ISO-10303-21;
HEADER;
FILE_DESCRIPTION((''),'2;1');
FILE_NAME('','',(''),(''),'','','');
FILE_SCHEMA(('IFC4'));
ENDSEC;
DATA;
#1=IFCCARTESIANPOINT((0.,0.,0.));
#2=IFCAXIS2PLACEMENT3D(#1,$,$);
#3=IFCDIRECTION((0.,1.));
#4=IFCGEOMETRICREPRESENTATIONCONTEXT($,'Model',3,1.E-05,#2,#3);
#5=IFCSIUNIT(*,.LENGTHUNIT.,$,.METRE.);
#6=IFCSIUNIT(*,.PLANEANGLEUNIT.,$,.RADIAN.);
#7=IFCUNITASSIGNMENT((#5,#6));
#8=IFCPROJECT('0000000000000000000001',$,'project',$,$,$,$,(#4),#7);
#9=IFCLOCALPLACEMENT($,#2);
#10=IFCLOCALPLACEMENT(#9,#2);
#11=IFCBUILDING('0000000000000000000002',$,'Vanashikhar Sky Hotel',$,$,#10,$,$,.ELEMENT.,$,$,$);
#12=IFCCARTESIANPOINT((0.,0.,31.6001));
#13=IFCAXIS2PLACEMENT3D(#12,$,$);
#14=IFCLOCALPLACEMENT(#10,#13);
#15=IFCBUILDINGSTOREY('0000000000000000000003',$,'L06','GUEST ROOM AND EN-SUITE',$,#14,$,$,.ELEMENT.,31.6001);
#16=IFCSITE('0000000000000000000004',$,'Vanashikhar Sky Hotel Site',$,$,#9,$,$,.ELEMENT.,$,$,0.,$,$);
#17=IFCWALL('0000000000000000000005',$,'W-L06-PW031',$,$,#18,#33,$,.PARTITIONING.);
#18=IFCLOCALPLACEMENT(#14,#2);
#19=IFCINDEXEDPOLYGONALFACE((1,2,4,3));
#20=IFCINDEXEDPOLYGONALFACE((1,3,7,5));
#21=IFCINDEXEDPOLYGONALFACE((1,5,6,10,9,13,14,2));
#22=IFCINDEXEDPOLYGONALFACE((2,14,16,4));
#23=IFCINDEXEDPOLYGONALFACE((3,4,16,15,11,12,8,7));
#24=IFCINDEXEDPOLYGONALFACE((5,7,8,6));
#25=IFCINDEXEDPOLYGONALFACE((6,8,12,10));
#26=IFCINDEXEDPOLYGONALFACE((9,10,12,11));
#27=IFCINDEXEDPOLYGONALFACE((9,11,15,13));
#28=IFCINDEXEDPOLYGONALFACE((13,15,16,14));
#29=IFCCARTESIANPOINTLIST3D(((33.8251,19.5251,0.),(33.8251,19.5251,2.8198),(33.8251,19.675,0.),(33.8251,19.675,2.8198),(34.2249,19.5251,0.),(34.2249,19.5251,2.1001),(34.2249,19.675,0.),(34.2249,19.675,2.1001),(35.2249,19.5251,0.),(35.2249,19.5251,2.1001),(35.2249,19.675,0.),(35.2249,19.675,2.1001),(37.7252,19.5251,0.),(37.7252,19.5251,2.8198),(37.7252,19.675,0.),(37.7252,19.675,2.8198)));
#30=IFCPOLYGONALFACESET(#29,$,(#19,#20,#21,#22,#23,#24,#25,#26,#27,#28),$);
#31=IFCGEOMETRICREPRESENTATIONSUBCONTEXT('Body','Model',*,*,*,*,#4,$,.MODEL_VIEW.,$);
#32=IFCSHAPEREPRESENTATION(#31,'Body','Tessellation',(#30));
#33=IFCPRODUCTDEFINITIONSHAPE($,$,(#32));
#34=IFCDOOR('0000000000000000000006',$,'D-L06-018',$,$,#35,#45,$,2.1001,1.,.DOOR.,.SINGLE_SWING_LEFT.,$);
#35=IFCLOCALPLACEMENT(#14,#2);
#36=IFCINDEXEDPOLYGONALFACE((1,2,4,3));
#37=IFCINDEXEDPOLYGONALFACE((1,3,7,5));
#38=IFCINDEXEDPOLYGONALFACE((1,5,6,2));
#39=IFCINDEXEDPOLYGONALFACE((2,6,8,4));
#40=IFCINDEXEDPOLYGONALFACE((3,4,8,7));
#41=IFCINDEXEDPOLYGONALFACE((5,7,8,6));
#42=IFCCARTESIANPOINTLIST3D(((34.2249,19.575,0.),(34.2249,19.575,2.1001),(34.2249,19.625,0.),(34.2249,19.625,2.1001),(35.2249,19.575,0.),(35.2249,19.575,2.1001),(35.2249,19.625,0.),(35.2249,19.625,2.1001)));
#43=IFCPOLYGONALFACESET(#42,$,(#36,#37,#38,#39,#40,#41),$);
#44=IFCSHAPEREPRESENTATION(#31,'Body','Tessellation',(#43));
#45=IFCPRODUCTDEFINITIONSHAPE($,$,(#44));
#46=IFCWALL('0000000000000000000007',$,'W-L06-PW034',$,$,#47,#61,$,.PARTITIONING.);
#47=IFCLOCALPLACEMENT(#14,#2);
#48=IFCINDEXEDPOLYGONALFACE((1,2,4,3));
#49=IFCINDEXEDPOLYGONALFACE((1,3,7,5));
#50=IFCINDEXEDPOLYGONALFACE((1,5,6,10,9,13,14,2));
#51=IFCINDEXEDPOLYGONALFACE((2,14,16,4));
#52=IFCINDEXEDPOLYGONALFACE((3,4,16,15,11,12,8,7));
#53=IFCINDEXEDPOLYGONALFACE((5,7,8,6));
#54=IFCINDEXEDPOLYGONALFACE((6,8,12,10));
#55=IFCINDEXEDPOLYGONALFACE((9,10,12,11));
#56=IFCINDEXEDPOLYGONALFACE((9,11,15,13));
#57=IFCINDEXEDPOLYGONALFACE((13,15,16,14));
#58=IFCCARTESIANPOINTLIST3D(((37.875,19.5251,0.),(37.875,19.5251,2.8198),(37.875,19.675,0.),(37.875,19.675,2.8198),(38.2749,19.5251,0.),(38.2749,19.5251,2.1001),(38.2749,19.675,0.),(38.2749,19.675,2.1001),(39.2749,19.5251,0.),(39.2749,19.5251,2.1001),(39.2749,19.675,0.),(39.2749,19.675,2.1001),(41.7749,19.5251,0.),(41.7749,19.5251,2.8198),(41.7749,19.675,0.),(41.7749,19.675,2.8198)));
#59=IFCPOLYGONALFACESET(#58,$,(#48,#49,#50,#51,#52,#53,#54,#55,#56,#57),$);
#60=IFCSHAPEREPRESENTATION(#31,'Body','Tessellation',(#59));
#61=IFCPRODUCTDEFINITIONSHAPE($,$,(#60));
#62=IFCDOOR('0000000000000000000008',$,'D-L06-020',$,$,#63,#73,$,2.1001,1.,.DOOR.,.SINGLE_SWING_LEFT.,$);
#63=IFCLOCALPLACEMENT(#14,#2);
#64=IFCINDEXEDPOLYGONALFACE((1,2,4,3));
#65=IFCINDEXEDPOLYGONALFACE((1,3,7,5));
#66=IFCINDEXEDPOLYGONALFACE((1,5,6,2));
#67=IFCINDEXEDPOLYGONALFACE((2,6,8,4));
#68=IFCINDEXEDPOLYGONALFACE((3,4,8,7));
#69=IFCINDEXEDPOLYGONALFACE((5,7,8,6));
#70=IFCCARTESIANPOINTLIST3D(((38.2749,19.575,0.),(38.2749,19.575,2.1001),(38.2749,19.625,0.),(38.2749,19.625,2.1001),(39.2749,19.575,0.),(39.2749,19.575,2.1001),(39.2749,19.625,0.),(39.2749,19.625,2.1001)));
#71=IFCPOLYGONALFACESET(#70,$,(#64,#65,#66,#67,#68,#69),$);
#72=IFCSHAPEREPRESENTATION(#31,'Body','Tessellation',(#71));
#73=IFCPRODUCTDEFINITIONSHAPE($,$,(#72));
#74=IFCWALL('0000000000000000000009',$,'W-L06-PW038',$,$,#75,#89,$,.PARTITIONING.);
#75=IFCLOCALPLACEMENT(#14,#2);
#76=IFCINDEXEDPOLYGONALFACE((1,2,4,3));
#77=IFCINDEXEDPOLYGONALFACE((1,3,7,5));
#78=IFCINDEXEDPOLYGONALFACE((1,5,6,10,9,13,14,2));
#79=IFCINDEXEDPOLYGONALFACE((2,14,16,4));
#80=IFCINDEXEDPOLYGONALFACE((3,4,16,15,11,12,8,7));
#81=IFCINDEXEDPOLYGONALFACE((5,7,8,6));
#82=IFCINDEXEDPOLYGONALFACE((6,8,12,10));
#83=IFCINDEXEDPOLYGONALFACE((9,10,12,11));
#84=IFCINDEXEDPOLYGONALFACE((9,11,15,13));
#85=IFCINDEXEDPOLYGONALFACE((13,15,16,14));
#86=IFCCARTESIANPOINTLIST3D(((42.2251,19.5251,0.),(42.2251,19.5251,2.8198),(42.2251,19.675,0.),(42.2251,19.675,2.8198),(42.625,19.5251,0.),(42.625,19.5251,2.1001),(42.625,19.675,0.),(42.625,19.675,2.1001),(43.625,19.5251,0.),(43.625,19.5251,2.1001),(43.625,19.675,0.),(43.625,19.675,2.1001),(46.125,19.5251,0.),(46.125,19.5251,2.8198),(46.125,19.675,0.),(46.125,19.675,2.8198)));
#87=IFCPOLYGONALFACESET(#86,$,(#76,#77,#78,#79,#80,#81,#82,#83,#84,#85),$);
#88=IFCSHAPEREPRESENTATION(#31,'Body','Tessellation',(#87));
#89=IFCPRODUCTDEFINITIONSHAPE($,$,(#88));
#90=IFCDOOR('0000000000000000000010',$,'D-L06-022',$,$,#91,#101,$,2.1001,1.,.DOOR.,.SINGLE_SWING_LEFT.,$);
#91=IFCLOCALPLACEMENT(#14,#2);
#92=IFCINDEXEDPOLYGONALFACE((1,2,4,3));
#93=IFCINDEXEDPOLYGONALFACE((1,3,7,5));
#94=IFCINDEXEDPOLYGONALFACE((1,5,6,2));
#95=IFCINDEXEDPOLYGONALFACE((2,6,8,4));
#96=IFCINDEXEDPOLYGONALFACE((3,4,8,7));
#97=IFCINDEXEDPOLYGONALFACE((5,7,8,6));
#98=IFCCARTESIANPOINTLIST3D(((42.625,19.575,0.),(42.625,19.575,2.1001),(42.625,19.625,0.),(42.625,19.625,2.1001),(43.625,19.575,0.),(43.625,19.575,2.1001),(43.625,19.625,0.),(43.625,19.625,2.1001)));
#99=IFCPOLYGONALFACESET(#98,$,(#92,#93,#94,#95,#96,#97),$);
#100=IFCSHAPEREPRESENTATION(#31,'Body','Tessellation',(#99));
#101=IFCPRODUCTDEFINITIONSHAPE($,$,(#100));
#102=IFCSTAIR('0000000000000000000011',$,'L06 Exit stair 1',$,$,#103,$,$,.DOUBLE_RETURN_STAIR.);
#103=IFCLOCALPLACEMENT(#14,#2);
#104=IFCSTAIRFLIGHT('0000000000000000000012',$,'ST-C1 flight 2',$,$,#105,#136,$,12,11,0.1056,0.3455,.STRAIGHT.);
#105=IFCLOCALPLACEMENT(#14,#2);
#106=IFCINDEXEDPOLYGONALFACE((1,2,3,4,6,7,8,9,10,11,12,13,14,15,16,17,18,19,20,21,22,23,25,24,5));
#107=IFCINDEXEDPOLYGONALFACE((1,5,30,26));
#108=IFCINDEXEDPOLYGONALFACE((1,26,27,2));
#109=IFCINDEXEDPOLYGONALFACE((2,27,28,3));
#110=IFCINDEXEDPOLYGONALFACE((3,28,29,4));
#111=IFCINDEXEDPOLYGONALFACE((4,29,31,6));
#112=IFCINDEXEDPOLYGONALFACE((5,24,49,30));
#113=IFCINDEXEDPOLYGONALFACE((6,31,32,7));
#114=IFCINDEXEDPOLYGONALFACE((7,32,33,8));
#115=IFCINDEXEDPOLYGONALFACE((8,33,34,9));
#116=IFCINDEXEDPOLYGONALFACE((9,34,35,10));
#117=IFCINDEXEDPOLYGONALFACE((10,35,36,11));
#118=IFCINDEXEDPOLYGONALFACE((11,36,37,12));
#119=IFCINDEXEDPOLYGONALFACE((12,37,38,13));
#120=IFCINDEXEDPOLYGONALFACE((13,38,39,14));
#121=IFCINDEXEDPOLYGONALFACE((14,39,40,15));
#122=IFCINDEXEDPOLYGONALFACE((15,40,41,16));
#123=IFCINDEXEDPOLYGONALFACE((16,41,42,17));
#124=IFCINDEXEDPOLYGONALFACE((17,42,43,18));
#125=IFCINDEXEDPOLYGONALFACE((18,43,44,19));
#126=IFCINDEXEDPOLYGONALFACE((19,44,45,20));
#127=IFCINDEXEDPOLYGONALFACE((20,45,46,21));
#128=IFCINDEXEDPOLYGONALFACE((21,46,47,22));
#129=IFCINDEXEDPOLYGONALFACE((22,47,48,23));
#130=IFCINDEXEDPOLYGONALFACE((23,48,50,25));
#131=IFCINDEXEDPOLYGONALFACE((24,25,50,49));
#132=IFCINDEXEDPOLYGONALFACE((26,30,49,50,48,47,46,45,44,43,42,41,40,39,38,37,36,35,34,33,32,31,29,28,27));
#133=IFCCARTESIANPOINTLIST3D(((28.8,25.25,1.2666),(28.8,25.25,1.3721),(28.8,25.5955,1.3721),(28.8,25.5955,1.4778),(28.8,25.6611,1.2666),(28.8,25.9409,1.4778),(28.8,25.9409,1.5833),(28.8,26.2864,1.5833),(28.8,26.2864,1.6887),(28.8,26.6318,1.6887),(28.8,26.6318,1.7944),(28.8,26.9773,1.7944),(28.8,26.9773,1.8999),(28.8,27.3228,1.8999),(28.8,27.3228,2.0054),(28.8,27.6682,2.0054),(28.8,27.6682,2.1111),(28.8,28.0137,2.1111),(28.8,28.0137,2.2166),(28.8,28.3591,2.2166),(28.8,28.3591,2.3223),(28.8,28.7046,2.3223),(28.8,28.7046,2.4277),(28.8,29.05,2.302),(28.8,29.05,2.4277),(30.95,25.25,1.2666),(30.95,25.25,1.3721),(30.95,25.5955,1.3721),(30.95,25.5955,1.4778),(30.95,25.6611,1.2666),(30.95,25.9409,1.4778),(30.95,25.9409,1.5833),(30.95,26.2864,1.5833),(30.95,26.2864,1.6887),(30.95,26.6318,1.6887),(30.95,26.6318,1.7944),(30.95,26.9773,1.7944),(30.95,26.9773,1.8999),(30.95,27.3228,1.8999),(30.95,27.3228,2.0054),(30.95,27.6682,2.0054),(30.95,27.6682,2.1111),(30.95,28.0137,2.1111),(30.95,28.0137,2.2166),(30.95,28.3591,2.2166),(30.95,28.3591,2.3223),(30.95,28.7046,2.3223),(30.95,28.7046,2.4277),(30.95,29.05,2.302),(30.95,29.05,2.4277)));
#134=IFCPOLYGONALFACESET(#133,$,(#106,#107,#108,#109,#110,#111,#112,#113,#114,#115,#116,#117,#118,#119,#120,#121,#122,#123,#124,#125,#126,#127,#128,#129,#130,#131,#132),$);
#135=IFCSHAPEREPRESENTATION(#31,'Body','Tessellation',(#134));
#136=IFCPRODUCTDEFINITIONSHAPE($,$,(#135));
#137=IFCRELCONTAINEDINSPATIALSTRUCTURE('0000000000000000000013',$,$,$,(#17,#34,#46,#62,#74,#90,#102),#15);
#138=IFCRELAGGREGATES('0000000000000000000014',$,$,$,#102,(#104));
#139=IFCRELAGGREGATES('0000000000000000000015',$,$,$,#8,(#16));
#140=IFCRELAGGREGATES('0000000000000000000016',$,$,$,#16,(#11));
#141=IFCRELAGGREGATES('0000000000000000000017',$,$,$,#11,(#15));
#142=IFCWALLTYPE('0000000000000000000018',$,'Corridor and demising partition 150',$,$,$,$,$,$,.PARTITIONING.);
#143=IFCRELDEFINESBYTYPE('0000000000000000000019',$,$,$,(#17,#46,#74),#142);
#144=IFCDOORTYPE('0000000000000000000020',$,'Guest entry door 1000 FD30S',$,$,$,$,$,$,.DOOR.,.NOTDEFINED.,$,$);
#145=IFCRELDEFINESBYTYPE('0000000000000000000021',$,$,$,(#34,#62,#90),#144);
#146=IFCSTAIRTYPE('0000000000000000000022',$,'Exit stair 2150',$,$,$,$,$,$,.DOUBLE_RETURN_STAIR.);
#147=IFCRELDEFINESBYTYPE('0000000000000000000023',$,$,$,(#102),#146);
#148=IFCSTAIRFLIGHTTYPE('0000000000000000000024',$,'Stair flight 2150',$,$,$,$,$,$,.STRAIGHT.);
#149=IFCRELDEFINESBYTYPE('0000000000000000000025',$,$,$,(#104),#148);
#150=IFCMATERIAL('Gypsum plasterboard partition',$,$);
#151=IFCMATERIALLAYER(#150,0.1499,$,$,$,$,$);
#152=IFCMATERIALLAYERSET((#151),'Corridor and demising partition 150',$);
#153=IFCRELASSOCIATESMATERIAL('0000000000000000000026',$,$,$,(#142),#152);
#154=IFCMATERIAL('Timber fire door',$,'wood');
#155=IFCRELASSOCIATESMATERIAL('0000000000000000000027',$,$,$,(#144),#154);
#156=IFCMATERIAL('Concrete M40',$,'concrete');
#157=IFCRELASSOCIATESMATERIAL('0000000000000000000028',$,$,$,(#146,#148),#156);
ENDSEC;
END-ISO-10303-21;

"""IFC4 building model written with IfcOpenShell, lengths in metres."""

from ifc_helpers import new_model, si_unit, direction, frame, frame_2d, origin, place, context, subcontext, project, spatial, polyline, rectangle, outline, extrude, source, transform, mapped, material, layer, layer_set, type_object, element, fill, aggregate, save


model = new_model("IFC4")

# Units and contexts
model_context = context("Model", 3, precision=1e-05, world=origin(), true_north=direction((0.0, 1.0)))
body_context = subcontext(model_context, "Body", "Model", "MODEL_VIEW")
ifc_project = project(units=[si_unit("LENGTHUNIT", "METRE"), si_unit("PLANEANGLEUNIT", "RADIAN")], contexts=[model_context])

# Site, building, storey
site_placement = place(None, origin())
site = spatial("IfcSite", under=ifc_project, at=site_placement, Name="Vanashikhar Sky Hotel Site", CompositionType="ELEMENT", RefElevation=0.0)
building_placement = place(site_placement, origin())
building = spatial("IfcBuilding", under=site, at=building_placement, Name="Vanashikhar Sky Hotel", CompositionType="ELEMENT")
storey_placement = place(building_placement, frame((0.0, 0.0, 31.6001)))
storey = spatial("IfcBuildingStorey", under=building, at=storey_placement, Name="L06", Description="GUEST ROOM AND EN-SUITE", CompositionType="ELEMENT", Elevation=31.6001)

# Shared definitions
ifc_material_1 = material(Name="Concrete M40", Category="concrete")

# Walls, openings, doors
ifc_material_2 = material(Name="Gypsum plasterboard partition")
ifc_layer_1 = layer(ifc_material_2, 0.1499)
ifc_layer_set_1 = layer_set([ifc_layer_1], Name="Corridor and demising partition 150")
wall_type_1 = type_object("IfcWallType", Name="Corridor and demising partition 150", PredefinedType="PARTITIONING", material=ifc_layer_set_1)
shared_shape_1 = source(origin(), body_context, "Body", "SweptSolid", [
    extrude(rectangle(XDim=3.9001, YDim=0.1499, at=frame_2d((1.9502, 0.0))), origin(), (0.0, 0.0, 1.0), 2.8198),
])
wall_1_placement = place(storey_placement, frame((33.825, 19.6001, 0.0), z_axis=(0.0, 0.0, 1.0), x_axis=(1.0, 0.0, 0.0)))
wall_1 = element("IfcWall", 1, at=wall_1_placement, inside=storey, type_object=wall_type_1, Name="W-L06-PW031", PredefinedType="PARTITIONING", context=body_context, shape_type="MappedRepresentation", body=[
    mapped(shared_shape_1, transform((0.0, 0.0, 0.0), scale=1.0)),
])
shared_shape_2 = source(origin(), body_context, "Body", "SweptSolid", [
    extrude(rectangle(XDim=1.0, YDim=2.1001, at=frame_2d((0.5, 1.05))), frame((0.0, 0.085, 0.0), z_axis=(0.0, -1.0, 0.0), x_axis=(1.0, 0.0, 0.0)), (0.0, 0.0, 1.0), 0.1699),
])
opening_1_placement = place(wall_1_placement, frame((0.3999, 0.0, 0.0)))
opening_1 = element("IfcOpeningElement", 2, at=opening_1_placement, cuts=wall_1, PredefinedType="OPENING", context=body_context, shape_type="MappedRepresentation", body=[
    mapped(shared_shape_2, transform((0.0, 0.0, 0.0), scale=1.0)),
])
ifc_material_3 = material(Name="Timber fire door", Category="wood")
door_type_1 = type_object("IfcDoorType", Name="Guest entry door 1000 FD30S", OperationType="NOTDEFINED", PredefinedType="DOOR", material=ifc_material_3)
shared_shape_3 = source(origin(), body_context, "Body", "SweptSolid", [
    extrude(rectangle(XDim=1.0, YDim=2.1001, at=frame_2d((0.5, 1.05))), frame((0.0, 0.0249, 0.0), z_axis=(0.0, -1.0, 0.0), x_axis=(1.0, 0.0, 0.0)), (0.0, 0.0, 1.0), 0.05),
])
door_1_placement = place(opening_1_placement, origin())
door_1 = element("IfcDoor", 3, at=door_1_placement, inside=storey, type_object=door_type_1, Name="D-L06-018", OperationType="SINGLE_SWING_LEFT", OverallHeight=2.1001, OverallWidth=1.0, PredefinedType="DOOR", context=body_context, shape_type="MappedRepresentation", body=[
    mapped(shared_shape_3, transform((0.0, 0.0, 0.0), scale=1.0)),
])
fill(opening_1, door_1)
shared_shape_4 = source(origin(), body_context, "Body", "SweptSolid", [
    extrude(rectangle(XDim=3.8999, YDim=0.1499, at=frame_2d((1.95, 0.0))), origin(), (0.0, 0.0, 1.0), 2.8198),
])
wall_2_placement = place(storey_placement, frame((37.875, 19.6001, 0.0), z_axis=(0.0, 0.0, 1.0), x_axis=(1.0, 0.0, 0.0)))
wall_2 = element("IfcWall", 4, at=wall_2_placement, inside=storey, type_object=wall_type_1, Name="W-L06-PW034", PredefinedType="PARTITIONING", context=body_context, shape_type="MappedRepresentation", body=[
    mapped(shared_shape_4, transform((0.0, 0.0, 0.0), scale=1.0)),
])
opening_2_placement = place(wall_2_placement, frame((0.3999, 0.0, 0.0)))
opening_2 = element("IfcOpeningElement", 5, at=opening_2_placement, cuts=wall_2, PredefinedType="OPENING", context=body_context, shape_type="MappedRepresentation", body=[
    mapped(shared_shape_2, transform((0.0, 0.0, 0.0), scale=1.0)),
])
door_2_placement = place(opening_2_placement, origin())
door_2 = element("IfcDoor", 6, at=door_2_placement, inside=storey, type_object=door_type_1, Name="D-L06-020", OperationType="SINGLE_SWING_LEFT", OverallHeight=2.1001, OverallWidth=1.0, PredefinedType="DOOR", context=body_context, shape_type="MappedRepresentation", body=[
    mapped(shared_shape_3, transform((0.0, 0.0, 0.0), scale=1.0)),
])
fill(opening_2, door_2)
wall_3_placement = place(storey_placement, frame((42.2251, 19.6001, 0.0), z_axis=(0.0, 0.0, 1.0), x_axis=(1.0, 0.0, 0.0)))
wall_3 = element("IfcWall", 7, at=wall_3_placement, inside=storey, type_object=wall_type_1, Name="W-L06-PW038", PredefinedType="PARTITIONING", context=body_context, shape_type="MappedRepresentation", body=[
    mapped(shared_shape_4, transform((0.0, 0.0, 0.0), scale=1.0)),
])
opening_3_placement = place(wall_3_placement, frame((0.3999, 0.0, 0.0)))
opening_3 = element("IfcOpeningElement", 8, at=opening_3_placement, cuts=wall_3, PredefinedType="OPENING", context=body_context, shape_type="MappedRepresentation", body=[
    mapped(shared_shape_2, transform((0.0, 0.0, 0.0), scale=1.0)),
])
door_3_placement = place(opening_3_placement, origin())
door_3 = element("IfcDoor", 9, at=door_3_placement, inside=storey, type_object=door_type_1, Name="D-L06-022", OperationType="SINGLE_SWING_LEFT", OverallHeight=2.1001, OverallWidth=1.0, PredefinedType="DOOR", context=body_context, shape_type="MappedRepresentation", body=[
    mapped(shared_shape_3, transform((0.0, 0.0, 0.0), scale=1.0)),
])
fill(opening_3, door_3)

# Stair, stair flight
stair_type = type_object("IfcStairType", Name="Exit stair 2150", PredefinedType="DOUBLE_RETURN_STAIR", material=ifc_material_1)
stair_placement = place(storey_placement, origin())
stair = element("IfcStair", 10, at=stair_placement, inside=storey, type_object=stair_type, Name="L06 Exit stair 1", PredefinedType="DOUBLE_RETURN_STAIR")
stair_flight_type = type_object("IfcStairFlightType", Name="Stair flight 2150", PredefinedType="STRAIGHT", material=ifc_material_1)
shared_shape_5 = source(origin(), body_context, "Body", "SweptSolid", [
    extrude(outline(polyline([(0.0, 0.0), (0.0, 0.1055), (0.3455, 0.1055), (0.3455, 0.2112), (0.6909, 0.2112), (0.6909, 0.3167), (1.0364, 0.3167), (1.0364, 0.4221), (1.3818, 0.4221), (1.3818, 0.5278), (1.7273, 0.5278), (1.7273, 0.6333), (2.0728, 0.6333), (2.0728, 0.7388), (2.4182, 0.7388), (2.4182, 0.8445), (2.7637, 0.8445), (2.7637, 0.95), (3.1091, 0.95), (3.1091, 1.0557), (3.4546, 1.0557), (3.4546, 1.1611), (3.8, 1.1611), (3.8, 1.2666), (3.8, 1.0354), (0.4111, 0.0), (0.0, 0.0)])), frame((0.0, 1.075, 0.0), z_axis=(0.0, -1.0, 0.0), x_axis=(1.0, 0.0, 0.0)), (0.0, 0.0, 1.0), 2.1499),
])
stair_flight_placement = place(storey_placement, frame((29.875, 25.25, 1.2666), z_axis=(0.0, 0.0, 1.0), x_axis=(0.0, 1.0, 0.0)))
stair_flight = element("IfcStairFlight", 11, at=stair_flight_placement, type_object=stair_flight_type, Name="ST-C1 flight 2", NumberOfRisers=12, NumberOfTreads=11, PredefinedType="STRAIGHT", RiserHeight=0.1056, TreadLength=0.3455, context=body_context, shape_type="MappedRepresentation", body=[
    mapped(shared_shape_5, transform((0.0, 0.0, 0.0), scale=1.0)),
])
aggregate(stair, [stair_flight])

save(model, "model.ifc")
